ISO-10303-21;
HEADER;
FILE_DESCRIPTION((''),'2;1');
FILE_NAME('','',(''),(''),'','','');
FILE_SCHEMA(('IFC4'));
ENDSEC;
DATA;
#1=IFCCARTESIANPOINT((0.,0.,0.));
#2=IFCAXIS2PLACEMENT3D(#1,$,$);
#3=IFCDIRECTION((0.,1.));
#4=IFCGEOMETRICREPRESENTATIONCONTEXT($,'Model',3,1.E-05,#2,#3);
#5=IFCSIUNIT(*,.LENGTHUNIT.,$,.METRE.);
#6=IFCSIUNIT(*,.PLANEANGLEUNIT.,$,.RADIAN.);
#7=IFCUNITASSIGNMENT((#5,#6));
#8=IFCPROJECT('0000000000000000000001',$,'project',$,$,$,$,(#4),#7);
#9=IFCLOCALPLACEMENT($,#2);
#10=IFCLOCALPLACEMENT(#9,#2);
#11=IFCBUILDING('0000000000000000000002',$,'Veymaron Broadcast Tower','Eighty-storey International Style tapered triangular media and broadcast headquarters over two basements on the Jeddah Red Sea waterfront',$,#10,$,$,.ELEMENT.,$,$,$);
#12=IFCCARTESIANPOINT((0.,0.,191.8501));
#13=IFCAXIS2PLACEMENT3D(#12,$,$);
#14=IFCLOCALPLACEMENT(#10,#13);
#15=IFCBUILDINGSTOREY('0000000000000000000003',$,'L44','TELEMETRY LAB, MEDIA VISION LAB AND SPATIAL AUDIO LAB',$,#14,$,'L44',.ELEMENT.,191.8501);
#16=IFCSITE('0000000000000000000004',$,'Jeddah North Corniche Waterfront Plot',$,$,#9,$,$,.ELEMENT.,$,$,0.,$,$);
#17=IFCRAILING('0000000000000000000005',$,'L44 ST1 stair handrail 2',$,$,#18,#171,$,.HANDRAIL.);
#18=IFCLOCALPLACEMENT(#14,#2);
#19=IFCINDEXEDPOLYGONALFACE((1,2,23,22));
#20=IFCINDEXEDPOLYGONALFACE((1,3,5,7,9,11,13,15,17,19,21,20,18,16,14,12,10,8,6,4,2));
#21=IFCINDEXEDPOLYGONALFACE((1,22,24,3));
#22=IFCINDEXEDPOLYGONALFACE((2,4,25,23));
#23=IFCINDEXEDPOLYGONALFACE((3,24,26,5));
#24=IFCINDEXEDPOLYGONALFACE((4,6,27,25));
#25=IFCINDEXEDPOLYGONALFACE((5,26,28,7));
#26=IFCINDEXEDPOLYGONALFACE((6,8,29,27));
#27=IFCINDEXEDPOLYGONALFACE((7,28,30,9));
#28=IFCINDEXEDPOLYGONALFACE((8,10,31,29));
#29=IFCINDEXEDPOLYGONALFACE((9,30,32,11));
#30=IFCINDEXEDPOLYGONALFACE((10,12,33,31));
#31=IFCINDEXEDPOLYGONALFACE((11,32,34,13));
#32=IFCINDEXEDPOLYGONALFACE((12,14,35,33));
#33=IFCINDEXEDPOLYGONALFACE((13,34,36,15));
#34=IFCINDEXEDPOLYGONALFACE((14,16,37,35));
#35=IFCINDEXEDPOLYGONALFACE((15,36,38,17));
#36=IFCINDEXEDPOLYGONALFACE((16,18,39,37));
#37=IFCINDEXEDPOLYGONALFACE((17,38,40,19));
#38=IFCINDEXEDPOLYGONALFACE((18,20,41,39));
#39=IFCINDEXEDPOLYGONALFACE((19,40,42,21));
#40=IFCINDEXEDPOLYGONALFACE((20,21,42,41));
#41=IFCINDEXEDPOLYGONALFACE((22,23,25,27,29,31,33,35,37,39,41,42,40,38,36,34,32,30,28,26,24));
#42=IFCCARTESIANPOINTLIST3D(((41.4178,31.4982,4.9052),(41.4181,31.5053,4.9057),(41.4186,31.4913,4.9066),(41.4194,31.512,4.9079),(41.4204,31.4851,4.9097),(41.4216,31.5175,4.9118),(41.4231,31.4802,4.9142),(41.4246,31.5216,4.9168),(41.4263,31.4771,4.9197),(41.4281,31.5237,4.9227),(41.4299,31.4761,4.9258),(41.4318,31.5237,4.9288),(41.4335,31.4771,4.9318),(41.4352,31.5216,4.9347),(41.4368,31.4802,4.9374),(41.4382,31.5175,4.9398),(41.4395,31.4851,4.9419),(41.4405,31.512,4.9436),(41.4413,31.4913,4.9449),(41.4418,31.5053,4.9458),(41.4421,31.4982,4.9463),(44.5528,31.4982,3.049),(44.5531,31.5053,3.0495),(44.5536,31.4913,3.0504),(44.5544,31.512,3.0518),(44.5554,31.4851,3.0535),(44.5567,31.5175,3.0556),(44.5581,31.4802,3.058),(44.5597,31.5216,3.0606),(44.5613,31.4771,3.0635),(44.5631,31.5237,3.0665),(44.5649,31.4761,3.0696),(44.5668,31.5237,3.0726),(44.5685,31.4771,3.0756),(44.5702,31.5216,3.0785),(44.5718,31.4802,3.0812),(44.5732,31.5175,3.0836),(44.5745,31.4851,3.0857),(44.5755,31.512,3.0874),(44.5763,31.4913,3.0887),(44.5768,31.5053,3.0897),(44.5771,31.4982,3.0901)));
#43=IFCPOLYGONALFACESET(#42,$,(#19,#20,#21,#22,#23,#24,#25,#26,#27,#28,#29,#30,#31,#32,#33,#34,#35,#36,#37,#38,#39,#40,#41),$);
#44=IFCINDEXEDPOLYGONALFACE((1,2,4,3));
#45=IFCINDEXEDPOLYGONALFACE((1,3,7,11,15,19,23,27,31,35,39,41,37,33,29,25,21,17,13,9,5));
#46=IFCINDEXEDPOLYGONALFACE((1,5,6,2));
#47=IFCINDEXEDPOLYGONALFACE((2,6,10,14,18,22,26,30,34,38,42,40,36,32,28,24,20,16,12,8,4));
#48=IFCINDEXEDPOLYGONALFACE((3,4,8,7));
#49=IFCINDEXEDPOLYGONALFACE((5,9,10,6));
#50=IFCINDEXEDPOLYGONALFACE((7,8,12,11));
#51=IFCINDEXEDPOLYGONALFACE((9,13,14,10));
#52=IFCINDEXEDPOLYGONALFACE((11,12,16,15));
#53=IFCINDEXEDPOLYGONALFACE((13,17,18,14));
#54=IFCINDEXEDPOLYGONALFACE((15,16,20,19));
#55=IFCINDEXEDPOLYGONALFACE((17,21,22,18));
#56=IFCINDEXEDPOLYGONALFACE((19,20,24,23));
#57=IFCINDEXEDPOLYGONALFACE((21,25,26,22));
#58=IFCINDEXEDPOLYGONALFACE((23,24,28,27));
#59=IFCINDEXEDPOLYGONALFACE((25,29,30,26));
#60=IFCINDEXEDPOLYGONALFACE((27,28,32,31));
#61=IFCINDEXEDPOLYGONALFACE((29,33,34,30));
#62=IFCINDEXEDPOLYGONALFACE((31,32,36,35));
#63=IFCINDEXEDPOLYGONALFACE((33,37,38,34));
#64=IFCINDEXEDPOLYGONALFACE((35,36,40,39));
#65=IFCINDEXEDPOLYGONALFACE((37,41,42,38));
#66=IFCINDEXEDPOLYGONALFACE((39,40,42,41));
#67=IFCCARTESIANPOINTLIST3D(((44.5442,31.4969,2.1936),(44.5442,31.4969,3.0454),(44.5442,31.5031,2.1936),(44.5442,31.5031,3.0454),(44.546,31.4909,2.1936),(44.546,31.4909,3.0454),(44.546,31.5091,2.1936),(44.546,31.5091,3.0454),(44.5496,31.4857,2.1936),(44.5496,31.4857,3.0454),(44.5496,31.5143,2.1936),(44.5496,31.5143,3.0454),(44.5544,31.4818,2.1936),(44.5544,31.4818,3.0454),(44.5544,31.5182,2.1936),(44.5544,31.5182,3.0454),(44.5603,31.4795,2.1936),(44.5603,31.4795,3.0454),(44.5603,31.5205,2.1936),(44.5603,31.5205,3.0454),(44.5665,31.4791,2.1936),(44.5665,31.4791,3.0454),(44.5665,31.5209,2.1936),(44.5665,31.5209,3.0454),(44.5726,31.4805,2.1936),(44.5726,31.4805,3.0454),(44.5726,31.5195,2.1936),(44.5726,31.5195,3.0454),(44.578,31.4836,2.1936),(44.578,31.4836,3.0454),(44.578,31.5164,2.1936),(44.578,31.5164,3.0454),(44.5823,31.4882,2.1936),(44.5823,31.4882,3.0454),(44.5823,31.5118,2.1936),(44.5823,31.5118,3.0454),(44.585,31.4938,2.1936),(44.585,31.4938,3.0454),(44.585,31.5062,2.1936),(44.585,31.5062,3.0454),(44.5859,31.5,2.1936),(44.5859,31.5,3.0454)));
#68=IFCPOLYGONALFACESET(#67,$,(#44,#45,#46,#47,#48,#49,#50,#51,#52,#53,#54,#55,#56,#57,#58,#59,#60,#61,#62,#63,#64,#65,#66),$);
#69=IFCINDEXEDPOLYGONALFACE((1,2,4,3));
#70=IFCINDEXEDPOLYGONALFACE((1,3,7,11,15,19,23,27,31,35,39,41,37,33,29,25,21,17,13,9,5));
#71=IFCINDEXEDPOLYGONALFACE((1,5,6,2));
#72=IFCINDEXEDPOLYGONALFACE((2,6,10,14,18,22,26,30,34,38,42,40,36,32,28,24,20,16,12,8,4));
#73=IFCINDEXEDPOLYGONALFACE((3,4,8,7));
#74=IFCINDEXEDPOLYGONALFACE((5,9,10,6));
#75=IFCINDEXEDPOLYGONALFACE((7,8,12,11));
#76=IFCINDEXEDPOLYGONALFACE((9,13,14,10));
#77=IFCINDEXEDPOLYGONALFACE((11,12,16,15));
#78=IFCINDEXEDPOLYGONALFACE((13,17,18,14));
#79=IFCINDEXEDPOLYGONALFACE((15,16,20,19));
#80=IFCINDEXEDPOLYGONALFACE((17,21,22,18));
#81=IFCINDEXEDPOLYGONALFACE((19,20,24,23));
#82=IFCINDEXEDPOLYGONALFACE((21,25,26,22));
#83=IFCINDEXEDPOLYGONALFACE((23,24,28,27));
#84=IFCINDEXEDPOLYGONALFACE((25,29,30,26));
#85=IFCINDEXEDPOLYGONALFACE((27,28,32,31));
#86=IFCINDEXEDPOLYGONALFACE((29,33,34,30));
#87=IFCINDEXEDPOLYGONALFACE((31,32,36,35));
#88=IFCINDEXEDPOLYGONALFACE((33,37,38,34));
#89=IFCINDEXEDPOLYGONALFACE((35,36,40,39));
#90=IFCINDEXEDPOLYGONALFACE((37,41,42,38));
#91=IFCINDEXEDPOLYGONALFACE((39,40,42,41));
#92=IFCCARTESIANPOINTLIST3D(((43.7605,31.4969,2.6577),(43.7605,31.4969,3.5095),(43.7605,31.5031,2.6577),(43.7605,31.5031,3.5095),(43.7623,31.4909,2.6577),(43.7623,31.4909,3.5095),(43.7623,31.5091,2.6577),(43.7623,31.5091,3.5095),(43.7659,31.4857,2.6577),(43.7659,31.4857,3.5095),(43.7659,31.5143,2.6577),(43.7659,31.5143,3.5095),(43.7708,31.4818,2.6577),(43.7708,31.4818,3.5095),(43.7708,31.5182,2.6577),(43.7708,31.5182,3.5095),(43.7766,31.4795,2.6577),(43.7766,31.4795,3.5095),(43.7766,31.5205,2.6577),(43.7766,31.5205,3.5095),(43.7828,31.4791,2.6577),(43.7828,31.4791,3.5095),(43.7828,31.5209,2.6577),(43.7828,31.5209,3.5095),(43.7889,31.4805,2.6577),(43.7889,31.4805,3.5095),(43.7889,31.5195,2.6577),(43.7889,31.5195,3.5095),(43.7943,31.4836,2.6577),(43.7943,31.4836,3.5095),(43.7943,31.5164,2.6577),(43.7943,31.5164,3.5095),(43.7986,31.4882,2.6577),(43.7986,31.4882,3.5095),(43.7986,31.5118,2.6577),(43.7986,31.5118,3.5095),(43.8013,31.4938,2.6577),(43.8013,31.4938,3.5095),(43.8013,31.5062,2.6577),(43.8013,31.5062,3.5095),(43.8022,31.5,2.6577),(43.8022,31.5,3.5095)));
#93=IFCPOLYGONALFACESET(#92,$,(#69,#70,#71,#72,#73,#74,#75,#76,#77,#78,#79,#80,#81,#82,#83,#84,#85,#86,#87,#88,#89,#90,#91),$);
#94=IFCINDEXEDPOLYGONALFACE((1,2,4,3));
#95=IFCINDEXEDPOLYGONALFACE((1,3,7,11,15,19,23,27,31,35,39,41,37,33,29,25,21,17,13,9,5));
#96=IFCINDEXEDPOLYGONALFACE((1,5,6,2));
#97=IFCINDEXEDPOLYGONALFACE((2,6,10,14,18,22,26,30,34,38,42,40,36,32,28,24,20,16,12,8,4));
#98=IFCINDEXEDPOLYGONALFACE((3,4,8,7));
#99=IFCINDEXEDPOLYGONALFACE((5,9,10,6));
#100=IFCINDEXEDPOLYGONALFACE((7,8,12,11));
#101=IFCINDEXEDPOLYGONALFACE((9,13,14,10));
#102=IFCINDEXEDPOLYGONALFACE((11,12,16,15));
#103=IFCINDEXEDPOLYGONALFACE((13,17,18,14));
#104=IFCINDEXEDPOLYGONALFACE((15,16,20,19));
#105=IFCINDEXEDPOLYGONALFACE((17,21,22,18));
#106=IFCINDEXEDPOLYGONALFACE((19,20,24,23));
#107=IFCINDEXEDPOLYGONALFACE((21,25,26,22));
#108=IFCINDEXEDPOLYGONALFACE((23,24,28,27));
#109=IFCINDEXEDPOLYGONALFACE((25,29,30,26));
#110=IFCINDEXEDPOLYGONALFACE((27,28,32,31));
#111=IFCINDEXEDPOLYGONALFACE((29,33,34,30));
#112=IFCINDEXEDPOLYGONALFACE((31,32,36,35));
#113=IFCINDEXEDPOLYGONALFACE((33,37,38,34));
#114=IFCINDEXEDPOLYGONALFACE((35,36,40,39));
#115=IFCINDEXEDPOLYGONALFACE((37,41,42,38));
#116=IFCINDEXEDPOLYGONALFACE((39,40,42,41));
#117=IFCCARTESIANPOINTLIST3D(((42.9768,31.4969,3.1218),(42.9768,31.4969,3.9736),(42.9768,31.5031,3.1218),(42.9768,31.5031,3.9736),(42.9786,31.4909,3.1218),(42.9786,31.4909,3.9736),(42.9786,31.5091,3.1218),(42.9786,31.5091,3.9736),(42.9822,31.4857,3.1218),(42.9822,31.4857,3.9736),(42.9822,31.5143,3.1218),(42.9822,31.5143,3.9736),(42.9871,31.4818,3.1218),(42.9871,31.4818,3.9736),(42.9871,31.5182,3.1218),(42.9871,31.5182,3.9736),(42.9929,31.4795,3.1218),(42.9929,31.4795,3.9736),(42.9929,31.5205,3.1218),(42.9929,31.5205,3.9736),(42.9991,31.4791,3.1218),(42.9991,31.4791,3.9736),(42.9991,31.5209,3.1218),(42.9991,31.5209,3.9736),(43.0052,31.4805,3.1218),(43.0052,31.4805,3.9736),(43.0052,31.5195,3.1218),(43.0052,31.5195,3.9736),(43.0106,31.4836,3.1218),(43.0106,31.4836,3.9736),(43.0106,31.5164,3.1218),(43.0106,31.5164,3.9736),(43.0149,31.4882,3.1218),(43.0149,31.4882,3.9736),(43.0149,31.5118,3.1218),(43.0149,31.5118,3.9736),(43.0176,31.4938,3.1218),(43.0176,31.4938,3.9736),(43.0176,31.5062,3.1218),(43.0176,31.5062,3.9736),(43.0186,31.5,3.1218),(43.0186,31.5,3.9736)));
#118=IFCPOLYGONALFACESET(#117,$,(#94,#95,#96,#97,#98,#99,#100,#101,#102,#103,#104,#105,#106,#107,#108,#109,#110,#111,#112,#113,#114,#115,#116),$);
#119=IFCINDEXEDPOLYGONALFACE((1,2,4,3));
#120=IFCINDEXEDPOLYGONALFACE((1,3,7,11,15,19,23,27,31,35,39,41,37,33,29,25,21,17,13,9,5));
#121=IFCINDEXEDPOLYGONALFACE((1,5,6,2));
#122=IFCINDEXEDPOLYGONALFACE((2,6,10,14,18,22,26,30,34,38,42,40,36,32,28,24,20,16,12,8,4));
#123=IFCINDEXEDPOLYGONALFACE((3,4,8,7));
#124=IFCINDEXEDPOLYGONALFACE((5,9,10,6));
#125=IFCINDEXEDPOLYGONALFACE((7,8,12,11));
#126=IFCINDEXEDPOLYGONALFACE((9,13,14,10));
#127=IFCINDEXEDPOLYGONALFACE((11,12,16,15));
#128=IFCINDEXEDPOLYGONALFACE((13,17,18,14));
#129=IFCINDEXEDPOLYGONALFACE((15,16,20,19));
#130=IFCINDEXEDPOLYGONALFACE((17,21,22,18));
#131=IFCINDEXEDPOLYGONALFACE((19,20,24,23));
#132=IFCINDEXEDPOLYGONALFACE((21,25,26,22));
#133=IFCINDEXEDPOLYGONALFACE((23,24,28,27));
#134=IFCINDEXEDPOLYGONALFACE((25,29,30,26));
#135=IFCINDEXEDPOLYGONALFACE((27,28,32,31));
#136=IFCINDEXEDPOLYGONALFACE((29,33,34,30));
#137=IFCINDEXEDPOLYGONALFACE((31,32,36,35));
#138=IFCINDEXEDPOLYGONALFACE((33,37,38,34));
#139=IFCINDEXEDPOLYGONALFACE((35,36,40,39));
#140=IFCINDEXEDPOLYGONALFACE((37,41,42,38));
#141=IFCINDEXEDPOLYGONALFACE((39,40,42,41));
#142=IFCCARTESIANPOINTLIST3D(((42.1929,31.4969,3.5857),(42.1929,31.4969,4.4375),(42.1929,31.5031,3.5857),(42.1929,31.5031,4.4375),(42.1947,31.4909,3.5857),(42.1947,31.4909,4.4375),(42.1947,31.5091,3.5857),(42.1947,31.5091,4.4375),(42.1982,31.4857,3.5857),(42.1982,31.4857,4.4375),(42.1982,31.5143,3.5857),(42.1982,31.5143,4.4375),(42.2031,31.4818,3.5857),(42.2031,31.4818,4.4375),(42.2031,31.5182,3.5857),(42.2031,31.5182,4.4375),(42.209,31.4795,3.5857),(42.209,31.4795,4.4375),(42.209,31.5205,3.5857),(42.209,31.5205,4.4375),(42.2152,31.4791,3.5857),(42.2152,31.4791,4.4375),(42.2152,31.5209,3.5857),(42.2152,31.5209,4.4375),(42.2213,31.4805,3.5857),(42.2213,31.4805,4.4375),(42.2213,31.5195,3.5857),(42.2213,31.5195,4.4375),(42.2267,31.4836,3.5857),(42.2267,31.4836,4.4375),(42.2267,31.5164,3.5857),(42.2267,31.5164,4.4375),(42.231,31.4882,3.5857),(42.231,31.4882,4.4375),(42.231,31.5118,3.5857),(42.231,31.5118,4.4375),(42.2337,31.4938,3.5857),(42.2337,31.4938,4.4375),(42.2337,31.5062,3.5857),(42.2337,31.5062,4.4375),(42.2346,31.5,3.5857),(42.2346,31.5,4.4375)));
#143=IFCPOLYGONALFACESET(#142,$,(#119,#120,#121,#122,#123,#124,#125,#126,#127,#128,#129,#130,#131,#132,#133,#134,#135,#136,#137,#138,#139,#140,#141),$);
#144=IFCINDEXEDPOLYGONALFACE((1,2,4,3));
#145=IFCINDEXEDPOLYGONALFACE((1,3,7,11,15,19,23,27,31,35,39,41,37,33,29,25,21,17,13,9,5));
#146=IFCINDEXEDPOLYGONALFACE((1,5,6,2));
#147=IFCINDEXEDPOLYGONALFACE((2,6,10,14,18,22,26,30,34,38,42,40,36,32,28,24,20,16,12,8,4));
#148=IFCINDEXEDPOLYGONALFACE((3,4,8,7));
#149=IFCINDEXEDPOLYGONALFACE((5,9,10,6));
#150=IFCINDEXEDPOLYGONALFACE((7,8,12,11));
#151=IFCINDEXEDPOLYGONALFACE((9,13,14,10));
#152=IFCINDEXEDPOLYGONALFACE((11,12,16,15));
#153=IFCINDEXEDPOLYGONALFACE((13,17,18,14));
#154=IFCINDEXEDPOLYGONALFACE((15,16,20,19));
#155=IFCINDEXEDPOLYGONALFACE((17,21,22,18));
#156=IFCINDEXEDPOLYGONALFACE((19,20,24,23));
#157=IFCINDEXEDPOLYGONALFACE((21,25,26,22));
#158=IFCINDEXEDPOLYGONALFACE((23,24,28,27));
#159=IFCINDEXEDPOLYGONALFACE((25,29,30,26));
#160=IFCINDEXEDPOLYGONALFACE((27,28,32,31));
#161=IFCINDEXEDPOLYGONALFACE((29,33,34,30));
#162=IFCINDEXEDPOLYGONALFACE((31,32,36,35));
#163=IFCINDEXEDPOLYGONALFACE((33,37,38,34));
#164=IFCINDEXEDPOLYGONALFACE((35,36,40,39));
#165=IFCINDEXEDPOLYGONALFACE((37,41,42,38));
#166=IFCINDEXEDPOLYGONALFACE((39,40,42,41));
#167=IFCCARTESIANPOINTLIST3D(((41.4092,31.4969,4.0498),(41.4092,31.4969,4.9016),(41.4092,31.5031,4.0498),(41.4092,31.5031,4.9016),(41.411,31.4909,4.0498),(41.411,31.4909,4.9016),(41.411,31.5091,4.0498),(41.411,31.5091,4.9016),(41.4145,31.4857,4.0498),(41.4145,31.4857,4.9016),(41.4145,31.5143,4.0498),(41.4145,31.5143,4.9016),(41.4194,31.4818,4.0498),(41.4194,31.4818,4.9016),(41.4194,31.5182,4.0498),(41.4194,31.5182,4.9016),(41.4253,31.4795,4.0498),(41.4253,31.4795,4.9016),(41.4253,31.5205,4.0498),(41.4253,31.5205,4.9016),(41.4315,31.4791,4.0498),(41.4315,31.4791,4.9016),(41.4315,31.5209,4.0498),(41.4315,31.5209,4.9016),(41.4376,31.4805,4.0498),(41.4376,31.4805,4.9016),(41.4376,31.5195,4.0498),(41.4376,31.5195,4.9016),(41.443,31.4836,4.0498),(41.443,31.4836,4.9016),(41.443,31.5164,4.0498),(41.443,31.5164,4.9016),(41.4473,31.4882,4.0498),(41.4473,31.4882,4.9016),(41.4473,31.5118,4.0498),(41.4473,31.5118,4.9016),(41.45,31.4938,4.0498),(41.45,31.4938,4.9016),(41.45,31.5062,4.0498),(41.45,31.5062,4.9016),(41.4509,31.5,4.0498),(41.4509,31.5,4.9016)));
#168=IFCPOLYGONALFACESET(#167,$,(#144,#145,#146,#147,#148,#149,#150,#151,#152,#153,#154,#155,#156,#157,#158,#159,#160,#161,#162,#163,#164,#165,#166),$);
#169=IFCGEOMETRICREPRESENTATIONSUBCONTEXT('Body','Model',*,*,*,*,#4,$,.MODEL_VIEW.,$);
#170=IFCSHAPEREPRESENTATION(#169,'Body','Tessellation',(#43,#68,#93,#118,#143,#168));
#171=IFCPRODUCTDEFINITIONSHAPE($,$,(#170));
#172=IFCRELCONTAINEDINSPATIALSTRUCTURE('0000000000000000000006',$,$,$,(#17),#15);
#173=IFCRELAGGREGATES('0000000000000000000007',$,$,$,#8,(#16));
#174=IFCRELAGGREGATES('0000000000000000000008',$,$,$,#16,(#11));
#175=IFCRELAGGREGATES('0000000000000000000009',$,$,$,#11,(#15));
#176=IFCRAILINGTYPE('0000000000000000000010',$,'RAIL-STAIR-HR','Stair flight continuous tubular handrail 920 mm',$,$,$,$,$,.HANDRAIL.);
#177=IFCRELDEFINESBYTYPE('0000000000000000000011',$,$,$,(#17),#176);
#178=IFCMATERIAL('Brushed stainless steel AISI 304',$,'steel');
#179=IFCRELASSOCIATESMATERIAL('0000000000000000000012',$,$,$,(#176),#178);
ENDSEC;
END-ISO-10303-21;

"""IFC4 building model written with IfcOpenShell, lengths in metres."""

from ifc_helpers import new_model, si_unit, direction, frame, origin, origin_2d, place, context, subcontext, project, spatial, circle, extrude, material, type_object, element, save


model = new_model("IFC4")

# Units and contexts
model_context = context("Model", 3, precision=1e-05, world=origin(), true_north=direction((0.0, 1.0)))
body_context = subcontext(model_context, "Body", "Model", "MODEL_VIEW")
ifc_project = project(units=[si_unit("LENGTHUNIT", "METRE"), si_unit("PLANEANGLEUNIT", "RADIAN")], contexts=[model_context])

# Site, building, storey
site_placement = place(None, origin())
site = spatial("IfcSite", under=ifc_project, at=site_placement, Name="Jeddah North Corniche Waterfront Plot", CompositionType="ELEMENT", RefElevation=0.0)
building_placement = place(site_placement, origin())
building = spatial("IfcBuilding", under=site, at=building_placement, Name="Veymaron Broadcast Tower", Description="Eighty-storey International Style tapered triangular media and broadcast headquarters over two basements on the Jeddah Red Sea waterfront", CompositionType="ELEMENT")
storey_placement = place(building_placement, frame((0.0, 0.0, 191.8501)))
storey = spatial("IfcBuildingStorey", under=building, at=storey_placement, Name="L44", Description="TELEMETRY LAB, MEDIA VISION LAB AND SPATIAL AUDIO LAB", LongName="L44", CompositionType="ELEMENT", Elevation=191.8501)

# Shared definitions
ifc_material_1 = material(Name="Brushed stainless steel AISI 304", Category="steel")

# Railing
railing_type_1 = type_object("IfcRailingType", Name="RAIL-STAIR-HR", Description="Stair flight continuous tubular handrail 920 mm", PredefinedType="HANDRAIL", material=ifc_material_1)
railing_1_placement = place(storey_placement, frame((44.5649, 31.5, 2.1936)))
element("IfcRailing", 1, at=railing_1_placement, inside=storey, type_object=railing_type_1, Name="L44 ST1 stair handrail 2", PredefinedType="HANDRAIL", context=body_context, shape_type="SweptSolid", body=[
    extrude(circle(Radius=0.0239, at=origin_2d()), frame((0.0, 0.0, 0.876), z_axis=(-0.860482, 0.0, 0.509481), x_axis=(0.0, -1.0, 0.0)), (0.0, 0.0, 1.0), 3.6433),
    extrude(circle(Radius=0.021, at=origin_2d()), origin(), (0.0, 0.0, 1.0), 0.8518),
    extrude(circle(Radius=0.021, at=origin_2d()), frame((-0.7837, 0.0, 0.4641)), (0.0, 0.0, 1.0), 0.8518),
    extrude(circle(Radius=0.021, at=origin_2d()), frame((-1.5674, 0.0, 0.9282)), (0.0, 0.0, 1.0), 0.8518),
    extrude(circle(Radius=0.021, at=origin_2d()), frame((-2.3513, 0.0, 1.3921)), (0.0, 0.0, 1.0), 0.8518),
    extrude(circle(Radius=0.021, at=origin_2d()), frame((-3.135, 0.0, 1.8562)), (0.0, 0.0, 1.0), 0.8518),
])

save(model, "model.ifc")
